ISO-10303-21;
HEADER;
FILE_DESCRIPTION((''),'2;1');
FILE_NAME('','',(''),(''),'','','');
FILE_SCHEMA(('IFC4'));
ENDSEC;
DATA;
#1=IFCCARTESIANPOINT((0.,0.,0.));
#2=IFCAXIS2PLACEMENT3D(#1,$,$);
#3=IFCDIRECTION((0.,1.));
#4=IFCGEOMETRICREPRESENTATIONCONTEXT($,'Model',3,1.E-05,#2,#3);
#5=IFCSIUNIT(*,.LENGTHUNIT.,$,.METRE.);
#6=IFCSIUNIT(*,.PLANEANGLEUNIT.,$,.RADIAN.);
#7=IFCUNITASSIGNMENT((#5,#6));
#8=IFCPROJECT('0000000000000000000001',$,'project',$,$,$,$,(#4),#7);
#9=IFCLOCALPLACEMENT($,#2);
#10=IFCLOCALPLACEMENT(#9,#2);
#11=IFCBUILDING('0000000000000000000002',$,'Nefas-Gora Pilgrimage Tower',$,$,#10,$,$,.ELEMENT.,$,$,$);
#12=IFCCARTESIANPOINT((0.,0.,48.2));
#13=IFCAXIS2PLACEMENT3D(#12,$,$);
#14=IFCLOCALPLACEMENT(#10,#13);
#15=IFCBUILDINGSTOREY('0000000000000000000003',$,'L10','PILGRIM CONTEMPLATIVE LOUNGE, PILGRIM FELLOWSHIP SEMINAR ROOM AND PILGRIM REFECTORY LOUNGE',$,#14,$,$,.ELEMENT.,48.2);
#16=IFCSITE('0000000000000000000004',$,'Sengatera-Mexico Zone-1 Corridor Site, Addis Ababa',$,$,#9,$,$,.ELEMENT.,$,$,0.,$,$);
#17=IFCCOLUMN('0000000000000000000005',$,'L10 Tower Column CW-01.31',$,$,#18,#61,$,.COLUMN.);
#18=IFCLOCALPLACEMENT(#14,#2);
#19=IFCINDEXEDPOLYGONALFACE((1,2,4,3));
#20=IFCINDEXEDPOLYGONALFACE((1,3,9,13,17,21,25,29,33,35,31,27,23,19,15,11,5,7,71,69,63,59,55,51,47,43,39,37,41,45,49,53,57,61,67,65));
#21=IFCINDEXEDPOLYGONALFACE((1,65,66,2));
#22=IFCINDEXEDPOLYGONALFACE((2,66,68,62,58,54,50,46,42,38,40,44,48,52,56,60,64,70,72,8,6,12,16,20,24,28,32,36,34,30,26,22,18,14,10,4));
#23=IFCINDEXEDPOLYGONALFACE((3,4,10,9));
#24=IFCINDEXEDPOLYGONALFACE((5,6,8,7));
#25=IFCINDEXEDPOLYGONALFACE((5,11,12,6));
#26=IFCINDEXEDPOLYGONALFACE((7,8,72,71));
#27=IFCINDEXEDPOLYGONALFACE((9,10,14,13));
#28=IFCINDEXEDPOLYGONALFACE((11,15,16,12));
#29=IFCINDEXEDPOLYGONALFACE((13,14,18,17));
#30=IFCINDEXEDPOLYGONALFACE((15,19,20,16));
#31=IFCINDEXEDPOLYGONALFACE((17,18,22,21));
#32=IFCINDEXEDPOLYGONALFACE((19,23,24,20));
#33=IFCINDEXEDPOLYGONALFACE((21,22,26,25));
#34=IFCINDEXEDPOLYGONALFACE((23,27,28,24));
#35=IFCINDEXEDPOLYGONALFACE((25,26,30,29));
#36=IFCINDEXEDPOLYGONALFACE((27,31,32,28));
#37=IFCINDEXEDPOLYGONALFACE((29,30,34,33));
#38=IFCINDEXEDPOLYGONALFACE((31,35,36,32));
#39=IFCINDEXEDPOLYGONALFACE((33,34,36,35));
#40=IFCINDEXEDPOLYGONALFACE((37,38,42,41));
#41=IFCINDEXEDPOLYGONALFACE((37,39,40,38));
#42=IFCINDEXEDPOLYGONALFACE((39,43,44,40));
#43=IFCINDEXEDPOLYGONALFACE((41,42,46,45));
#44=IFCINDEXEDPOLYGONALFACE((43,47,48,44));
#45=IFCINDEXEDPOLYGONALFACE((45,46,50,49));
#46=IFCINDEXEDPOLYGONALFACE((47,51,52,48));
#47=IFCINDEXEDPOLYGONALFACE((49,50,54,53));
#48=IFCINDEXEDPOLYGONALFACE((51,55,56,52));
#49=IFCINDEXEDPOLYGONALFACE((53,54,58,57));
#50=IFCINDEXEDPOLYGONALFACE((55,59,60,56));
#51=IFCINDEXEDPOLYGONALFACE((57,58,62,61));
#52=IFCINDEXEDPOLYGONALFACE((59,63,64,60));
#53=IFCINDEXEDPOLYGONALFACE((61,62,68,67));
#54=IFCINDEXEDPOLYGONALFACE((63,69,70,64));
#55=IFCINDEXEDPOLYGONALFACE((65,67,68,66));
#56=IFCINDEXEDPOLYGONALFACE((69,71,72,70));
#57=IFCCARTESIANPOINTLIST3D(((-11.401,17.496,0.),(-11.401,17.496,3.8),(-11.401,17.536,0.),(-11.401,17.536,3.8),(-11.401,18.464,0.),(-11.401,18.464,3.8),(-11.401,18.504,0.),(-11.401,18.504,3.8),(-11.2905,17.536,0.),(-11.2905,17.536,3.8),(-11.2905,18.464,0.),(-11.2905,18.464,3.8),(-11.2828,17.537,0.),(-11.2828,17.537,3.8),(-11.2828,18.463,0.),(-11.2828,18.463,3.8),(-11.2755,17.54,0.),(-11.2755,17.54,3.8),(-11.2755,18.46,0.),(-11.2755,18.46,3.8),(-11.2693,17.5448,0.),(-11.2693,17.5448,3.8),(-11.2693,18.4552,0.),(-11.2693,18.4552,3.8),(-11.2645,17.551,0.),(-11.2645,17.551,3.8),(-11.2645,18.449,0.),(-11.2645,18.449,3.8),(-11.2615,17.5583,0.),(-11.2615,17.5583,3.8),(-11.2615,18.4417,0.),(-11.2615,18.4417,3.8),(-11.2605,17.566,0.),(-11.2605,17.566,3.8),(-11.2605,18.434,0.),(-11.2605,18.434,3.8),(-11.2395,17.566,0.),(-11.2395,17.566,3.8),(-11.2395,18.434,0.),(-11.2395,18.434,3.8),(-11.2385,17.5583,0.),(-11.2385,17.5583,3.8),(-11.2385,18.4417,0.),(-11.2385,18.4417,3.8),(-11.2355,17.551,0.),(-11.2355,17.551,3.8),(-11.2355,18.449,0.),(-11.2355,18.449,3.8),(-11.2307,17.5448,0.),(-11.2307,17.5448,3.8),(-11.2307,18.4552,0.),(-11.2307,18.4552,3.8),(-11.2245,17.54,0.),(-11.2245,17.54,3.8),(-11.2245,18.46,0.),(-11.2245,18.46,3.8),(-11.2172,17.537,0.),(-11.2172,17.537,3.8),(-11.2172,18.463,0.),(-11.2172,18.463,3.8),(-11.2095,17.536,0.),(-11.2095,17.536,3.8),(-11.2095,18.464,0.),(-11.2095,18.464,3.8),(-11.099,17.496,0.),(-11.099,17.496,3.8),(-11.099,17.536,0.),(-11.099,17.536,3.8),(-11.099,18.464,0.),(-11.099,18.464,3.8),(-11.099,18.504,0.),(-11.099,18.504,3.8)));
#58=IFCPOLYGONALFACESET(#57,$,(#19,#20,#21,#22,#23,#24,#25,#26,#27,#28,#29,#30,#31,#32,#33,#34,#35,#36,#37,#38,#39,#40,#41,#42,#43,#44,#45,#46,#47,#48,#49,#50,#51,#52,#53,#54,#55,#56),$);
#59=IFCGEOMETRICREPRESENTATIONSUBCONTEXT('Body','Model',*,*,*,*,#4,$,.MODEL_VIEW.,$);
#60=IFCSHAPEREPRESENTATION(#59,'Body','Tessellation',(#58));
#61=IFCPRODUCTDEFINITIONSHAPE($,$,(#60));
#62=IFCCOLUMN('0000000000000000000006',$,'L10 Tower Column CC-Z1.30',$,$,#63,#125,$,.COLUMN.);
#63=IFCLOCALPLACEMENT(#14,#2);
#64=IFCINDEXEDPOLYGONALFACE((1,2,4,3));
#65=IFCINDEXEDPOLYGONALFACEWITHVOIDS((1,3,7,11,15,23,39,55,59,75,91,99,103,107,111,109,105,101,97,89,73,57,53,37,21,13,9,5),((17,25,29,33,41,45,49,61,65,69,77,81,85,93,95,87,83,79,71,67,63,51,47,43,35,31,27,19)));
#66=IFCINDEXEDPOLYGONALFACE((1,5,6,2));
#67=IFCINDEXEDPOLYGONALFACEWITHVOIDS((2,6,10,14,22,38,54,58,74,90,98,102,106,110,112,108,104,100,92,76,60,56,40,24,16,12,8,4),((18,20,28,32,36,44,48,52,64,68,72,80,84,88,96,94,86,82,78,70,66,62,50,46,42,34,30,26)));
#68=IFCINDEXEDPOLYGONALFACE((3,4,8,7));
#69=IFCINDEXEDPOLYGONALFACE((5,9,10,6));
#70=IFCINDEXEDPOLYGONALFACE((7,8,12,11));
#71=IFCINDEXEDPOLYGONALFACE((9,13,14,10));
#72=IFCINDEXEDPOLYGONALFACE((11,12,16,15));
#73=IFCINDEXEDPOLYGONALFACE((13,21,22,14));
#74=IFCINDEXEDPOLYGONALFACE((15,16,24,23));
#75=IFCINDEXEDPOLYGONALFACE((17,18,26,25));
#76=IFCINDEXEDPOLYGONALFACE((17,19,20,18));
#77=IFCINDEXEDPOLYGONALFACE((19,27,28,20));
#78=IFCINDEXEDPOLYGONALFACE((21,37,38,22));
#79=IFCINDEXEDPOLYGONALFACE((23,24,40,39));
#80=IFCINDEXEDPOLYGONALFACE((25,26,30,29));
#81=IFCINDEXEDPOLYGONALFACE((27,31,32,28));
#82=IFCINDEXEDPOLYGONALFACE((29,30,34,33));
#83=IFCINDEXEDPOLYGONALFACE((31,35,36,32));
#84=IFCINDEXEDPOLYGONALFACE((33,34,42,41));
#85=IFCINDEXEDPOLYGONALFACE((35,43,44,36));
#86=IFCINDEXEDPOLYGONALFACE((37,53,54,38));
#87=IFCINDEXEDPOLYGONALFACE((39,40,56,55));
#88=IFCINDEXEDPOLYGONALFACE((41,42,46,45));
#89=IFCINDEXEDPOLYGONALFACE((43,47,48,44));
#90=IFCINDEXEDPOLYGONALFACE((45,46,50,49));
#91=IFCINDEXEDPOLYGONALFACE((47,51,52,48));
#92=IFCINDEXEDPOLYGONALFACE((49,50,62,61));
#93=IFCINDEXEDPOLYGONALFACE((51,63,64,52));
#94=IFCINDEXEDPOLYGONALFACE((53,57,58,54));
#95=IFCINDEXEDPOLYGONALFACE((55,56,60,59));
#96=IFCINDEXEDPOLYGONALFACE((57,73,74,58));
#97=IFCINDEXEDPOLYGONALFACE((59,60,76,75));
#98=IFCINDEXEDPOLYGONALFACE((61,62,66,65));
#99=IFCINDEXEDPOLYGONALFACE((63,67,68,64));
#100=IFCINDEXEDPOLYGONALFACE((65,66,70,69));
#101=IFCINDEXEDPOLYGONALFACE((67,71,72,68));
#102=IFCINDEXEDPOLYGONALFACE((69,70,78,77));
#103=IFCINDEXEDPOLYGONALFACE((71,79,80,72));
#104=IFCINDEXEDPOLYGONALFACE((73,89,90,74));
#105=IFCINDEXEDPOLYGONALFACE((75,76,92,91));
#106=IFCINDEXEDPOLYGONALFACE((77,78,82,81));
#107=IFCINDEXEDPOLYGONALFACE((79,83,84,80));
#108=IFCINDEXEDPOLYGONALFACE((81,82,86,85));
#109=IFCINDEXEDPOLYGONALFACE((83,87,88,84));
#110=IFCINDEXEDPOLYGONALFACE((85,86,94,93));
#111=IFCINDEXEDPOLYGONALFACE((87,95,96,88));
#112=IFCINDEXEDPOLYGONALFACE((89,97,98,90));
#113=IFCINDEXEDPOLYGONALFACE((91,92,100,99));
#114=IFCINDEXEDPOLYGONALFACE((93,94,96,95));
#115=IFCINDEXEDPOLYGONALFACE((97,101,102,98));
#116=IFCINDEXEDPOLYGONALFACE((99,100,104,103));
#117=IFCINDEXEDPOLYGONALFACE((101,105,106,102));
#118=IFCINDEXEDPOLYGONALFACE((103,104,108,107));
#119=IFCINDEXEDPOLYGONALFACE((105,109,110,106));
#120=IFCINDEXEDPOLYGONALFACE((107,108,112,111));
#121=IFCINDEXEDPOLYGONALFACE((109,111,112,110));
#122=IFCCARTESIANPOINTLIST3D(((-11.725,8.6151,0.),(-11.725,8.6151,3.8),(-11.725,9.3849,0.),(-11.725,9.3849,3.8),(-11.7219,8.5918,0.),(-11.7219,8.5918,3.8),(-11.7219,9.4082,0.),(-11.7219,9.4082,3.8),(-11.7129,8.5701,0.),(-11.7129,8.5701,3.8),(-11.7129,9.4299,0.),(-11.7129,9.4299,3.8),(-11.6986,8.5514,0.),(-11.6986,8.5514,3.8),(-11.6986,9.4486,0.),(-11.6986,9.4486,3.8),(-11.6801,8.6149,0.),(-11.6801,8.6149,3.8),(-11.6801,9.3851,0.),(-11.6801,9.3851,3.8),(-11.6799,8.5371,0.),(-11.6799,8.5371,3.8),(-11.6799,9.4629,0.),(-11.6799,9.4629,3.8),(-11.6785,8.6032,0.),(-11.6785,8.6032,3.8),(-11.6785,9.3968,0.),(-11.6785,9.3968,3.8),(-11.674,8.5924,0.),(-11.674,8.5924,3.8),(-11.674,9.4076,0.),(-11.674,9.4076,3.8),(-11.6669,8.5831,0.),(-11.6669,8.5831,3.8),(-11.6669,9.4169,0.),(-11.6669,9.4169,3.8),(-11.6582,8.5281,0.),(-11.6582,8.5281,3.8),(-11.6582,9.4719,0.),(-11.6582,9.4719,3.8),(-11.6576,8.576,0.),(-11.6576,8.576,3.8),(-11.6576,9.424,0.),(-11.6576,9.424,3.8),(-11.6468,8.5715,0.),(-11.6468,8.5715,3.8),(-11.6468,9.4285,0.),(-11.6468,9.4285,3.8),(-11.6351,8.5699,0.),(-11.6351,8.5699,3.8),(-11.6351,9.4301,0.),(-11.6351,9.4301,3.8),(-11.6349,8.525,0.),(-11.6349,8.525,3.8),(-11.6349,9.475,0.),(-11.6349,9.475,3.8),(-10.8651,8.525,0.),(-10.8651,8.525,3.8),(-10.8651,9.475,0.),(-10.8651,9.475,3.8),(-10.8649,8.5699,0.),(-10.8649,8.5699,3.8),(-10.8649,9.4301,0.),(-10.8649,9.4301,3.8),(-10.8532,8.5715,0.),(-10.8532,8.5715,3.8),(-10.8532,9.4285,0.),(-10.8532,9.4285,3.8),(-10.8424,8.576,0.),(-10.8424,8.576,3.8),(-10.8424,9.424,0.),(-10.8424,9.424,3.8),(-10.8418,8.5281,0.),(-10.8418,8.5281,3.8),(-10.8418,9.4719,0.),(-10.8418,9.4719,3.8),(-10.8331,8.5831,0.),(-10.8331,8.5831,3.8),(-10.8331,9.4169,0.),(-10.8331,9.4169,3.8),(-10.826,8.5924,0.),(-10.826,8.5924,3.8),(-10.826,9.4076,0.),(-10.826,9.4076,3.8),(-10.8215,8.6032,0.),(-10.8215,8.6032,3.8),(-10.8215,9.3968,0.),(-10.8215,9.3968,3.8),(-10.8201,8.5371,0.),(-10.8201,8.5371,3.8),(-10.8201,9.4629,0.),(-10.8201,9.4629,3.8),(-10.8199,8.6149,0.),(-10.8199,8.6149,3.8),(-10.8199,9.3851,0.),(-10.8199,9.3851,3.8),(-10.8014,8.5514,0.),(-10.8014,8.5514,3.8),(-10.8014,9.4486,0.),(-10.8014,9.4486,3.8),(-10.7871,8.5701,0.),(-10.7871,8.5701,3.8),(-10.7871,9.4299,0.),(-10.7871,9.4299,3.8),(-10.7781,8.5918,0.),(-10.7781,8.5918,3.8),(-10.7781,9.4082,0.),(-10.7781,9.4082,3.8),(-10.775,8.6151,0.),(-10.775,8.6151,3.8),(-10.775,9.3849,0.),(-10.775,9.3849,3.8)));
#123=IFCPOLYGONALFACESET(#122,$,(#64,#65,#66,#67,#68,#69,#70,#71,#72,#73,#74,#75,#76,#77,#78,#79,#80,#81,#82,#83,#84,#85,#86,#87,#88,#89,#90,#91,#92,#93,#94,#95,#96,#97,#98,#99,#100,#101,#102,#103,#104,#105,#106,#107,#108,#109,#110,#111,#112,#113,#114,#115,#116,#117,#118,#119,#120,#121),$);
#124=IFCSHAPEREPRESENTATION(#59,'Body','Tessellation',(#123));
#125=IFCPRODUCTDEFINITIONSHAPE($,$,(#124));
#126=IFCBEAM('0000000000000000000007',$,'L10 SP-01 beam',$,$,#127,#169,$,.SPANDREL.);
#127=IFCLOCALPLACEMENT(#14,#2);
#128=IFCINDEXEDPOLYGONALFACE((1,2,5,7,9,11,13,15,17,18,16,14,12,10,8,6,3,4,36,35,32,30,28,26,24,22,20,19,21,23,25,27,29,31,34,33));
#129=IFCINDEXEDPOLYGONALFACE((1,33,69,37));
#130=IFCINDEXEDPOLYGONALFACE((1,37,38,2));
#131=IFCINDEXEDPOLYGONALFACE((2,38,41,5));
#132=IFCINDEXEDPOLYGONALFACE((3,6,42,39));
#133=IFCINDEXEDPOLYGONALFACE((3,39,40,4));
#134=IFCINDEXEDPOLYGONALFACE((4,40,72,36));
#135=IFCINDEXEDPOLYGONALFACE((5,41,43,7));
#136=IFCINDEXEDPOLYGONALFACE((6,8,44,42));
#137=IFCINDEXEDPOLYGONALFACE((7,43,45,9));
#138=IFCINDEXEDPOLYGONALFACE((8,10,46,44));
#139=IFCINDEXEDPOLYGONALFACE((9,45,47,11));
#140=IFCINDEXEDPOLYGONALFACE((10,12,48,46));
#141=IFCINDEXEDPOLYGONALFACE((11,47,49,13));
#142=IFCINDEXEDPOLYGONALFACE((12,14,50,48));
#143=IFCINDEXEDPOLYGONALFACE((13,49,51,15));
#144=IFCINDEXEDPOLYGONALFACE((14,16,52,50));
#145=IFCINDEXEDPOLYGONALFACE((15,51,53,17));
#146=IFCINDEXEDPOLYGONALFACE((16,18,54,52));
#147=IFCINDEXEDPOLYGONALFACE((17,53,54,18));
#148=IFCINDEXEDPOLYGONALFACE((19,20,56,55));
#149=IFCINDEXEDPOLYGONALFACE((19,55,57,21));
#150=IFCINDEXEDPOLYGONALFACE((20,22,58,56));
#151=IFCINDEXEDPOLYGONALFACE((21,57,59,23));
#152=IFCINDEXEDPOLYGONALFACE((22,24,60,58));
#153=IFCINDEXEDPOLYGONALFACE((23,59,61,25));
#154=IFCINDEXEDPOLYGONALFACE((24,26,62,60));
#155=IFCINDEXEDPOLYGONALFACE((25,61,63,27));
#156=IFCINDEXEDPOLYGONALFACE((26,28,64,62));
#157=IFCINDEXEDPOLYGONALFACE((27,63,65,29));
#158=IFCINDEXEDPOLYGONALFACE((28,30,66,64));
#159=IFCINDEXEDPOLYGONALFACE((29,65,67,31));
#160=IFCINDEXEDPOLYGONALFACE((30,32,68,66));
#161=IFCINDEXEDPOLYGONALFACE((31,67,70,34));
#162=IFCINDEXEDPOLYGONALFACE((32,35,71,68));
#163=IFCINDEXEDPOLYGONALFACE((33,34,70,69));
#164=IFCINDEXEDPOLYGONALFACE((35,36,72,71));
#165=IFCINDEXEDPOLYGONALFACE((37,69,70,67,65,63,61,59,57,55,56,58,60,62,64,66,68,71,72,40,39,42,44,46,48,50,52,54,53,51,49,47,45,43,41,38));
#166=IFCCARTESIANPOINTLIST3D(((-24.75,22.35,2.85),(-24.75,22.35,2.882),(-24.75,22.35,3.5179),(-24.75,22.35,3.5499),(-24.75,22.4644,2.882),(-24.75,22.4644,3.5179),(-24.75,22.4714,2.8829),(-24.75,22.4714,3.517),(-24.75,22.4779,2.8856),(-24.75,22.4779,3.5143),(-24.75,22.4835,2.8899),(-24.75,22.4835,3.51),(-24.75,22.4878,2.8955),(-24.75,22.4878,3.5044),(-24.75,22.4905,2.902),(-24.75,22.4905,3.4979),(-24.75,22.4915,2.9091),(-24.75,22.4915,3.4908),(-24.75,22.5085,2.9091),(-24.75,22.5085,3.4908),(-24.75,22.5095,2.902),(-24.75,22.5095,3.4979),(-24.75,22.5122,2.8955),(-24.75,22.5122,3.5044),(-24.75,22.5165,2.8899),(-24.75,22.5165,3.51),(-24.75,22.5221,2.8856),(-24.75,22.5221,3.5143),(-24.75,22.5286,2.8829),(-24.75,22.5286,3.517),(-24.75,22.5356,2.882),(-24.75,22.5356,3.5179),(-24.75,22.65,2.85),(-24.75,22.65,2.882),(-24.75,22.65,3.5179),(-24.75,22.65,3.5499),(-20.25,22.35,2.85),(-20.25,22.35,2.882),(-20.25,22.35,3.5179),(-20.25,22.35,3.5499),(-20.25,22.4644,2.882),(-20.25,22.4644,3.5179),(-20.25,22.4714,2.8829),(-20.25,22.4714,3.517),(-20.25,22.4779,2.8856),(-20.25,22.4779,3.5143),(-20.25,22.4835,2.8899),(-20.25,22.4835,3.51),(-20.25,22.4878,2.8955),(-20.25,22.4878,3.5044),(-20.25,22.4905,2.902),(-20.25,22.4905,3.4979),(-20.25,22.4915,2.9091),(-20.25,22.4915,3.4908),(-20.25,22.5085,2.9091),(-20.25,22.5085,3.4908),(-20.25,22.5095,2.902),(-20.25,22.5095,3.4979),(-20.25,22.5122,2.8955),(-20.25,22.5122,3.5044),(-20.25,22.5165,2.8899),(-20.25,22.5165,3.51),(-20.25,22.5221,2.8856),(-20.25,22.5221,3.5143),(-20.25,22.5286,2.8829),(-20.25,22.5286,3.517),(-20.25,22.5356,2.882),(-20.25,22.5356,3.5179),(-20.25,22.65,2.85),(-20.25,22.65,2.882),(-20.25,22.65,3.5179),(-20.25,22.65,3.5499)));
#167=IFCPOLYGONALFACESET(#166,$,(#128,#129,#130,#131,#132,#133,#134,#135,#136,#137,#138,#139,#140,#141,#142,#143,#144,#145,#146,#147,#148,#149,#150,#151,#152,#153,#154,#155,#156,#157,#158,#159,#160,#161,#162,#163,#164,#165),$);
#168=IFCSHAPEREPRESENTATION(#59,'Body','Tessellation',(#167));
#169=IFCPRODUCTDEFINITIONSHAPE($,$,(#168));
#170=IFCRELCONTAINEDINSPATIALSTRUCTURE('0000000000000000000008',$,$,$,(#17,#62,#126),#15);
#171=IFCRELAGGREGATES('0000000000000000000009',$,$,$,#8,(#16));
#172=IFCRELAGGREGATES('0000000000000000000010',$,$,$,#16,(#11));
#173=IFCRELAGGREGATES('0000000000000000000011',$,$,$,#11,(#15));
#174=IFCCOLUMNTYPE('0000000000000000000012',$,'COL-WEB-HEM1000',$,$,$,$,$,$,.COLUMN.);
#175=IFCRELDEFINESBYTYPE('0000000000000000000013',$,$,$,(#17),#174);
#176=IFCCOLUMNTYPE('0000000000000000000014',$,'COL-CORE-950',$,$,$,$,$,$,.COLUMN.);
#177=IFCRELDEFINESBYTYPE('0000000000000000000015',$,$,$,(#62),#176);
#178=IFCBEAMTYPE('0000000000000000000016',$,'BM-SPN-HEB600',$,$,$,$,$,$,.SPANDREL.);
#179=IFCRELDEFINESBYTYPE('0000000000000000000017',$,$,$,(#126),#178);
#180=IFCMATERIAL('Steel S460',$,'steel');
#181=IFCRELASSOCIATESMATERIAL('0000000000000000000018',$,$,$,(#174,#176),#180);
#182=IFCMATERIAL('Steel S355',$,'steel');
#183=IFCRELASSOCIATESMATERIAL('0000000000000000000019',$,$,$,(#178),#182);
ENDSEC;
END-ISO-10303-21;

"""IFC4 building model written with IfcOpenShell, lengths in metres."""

from ifc_helpers import new_model, si_unit, direction, frame, origin, origin_2d, place, context, subcontext, project, spatial, hollow_rectangle, i_section, extrude, source, transform, mapped, material, material_profile, profile_set, type_object, element, save


model = new_model("IFC4")

# Units and contexts
model_context = context("Model", 3, precision=1e-05, world=origin(), true_north=direction((0.0, 1.0)))
body_context = subcontext(model_context, "Body", "Model", "MODEL_VIEW")
ifc_project = project(units=[si_unit("LENGTHUNIT", "METRE"), si_unit("PLANEANGLEUNIT", "RADIAN")], contexts=[model_context])

# Site, building, storey
site_placement = place(None, origin())
site = spatial("IfcSite", under=ifc_project, at=site_placement, Name="Sengatera-Mexico Zone-1 Corridor Site, Addis Ababa", CompositionType="ELEMENT", RefElevation=0.0)
building_placement = place(site_placement, origin())
building = spatial("IfcBuilding", under=site, at=building_placement, Name="Nefas-Gora Pilgrimage Tower", CompositionType="ELEMENT")
storey_placement = place(building_placement, frame((0.0, 0.0, 48.2)))
storey = spatial("IfcBuildingStorey", under=building, at=storey_placement, Name="L10", Description="PILGRIM CONTEMPLATIVE LOUNGE, PILGRIM FELLOWSHIP SEMINAR ROOM AND PILGRIM REFECTORY LOUNGE", CompositionType="ELEMENT", Elevation=48.2)

# Columns
ifc_material_1 = material(Name="Steel S460", Category="steel")
ifc_material_profile_1 = material_profile(ifc_material_1, i_section(OverallWidth=0.302, OverallDepth=1.0081, WebThickness=0.021, FlangeThickness=0.04, FilletRadius=0.03, at=origin_2d()), Name="HEM 1000")
ifc_profile_set_1 = profile_set([ifc_material_profile_1], Name="Steel S460")
column_type_1 = type_object("IfcColumnType", Name="COL-WEB-HEM1000", PredefinedType="COLUMN", material=ifc_profile_set_1)
shared_shape_1 = source(origin(), body_context, "Body", "SweptSolid", [
    extrude(i_section(OverallWidth=0.302, OverallDepth=1.0081, WebThickness=0.021, FlangeThickness=0.04, FilletRadius=0.03, at=origin_2d()), origin(), (0.0, 0.0, 1.0), 3.8),
])
for number, where, z_axis, x_axis, name in (
    (1, (-11.25, 18.0, 0.0), (0.0, 0.0, 1.0), (1.0, 0.0, 0.0), "L10 Tower Column CW-01.31"),
):
    element("IfcColumn", number, at=place(storey_placement, frame(where, z_axis=z_axis, x_axis=x_axis)), inside=storey, type_object=column_type_1, Name=name, PredefinedType="COLUMN", context=body_context, shape_type="MappedRepresentation", body=[
        mapped(shared_shape_1, transform((0.0, 0.0, 0.0), x_axis=(1.0, 0.0, 0.0), y_axis=(0.0, 1.0, 0.0), z_axis=(0.0, 0.0, 1.0), scale=1.0)),
    ])
ifc_material_profile_2 = material_profile(ifc_material_1, hollow_rectangle(XDim=0.95, YDim=0.95, WallThickness=0.0449, InnerFilletRadius=0.0449, OuterFilletRadius=0.0901, at=origin_2d()), Name="BOX 950x950x45")
ifc_profile_set_2 = profile_set([ifc_material_profile_2], Name="Steel S460")
column_type_2 = type_object("IfcColumnType", Name="COL-CORE-950", PredefinedType="COLUMN", material=ifc_profile_set_2)
shared_shape_2 = source(origin(), body_context, "Body", "SweptSolid", [
    extrude(hollow_rectangle(XDim=0.95, YDim=0.95, WallThickness=0.0449, InnerFilletRadius=0.0449, OuterFilletRadius=0.0901, at=origin_2d()), origin(), (0.0, 0.0, 1.0), 3.8),
])
column_placement = place(storey_placement, frame((-11.25, 9.0, 0.0), z_axis=(0.0, 0.0, 1.0), x_axis=(1.0, 0.0, 0.0)))
element("IfcColumn", 2, at=column_placement, inside=storey, type_object=column_type_2, Name="L10 Tower Column CC-Z1.30", PredefinedType="COLUMN", context=body_context, shape_type="MappedRepresentation", body=[
    mapped(shared_shape_2, transform((0.0, 0.0, 0.0), x_axis=(1.0, 0.0, 0.0), y_axis=(0.0, 1.0, 0.0), z_axis=(0.0, 0.0, 1.0), scale=1.0)),
])

# Beam
ifc_material_2 = material(Name="Steel S355", Category="steel")
ifc_material_profile_3 = material_profile(ifc_material_2, i_section(OverallWidth=0.3, OverallDepth=0.7, WebThickness=0.0171, FlangeThickness=0.032, FilletRadius=0.0271, at=origin_2d()), Name="HEB 700")
ifc_profile_set_3 = profile_set([ifc_material_profile_3], Name="Steel S355")
beam_type_1 = type_object("IfcBeamType", Name="BM-SPN-HEB600", PredefinedType="SPANDREL", material=ifc_profile_set_3)
shared_shape_3 = source(origin(), body_context, "Body", "SweptSolid", [
    extrude(i_section(OverallWidth=0.3, OverallDepth=0.7, WebThickness=0.0171, FlangeThickness=0.032, FilletRadius=0.0271, at=origin_2d()), origin(), (0.0, 0.0, 1.0), 4.5),
])
beam_placement = place(storey_placement, frame((-24.75, 22.5, 3.2), z_axis=(1.0, 0.0, 0.0), x_axis=(0.0, 1.0, 0.0)))
element("IfcBeam", 3, at=beam_placement, inside=storey, type_object=beam_type_1, Name="L10 SP-01 beam", PredefinedType="SPANDREL", context=body_context, shape_type="MappedRepresentation", body=[
    mapped(shared_shape_3, transform((0.0, 0.0, 0.0), x_axis=(1.0, 0.0, 0.0), y_axis=(0.0, 1.0, 0.0), z_axis=(0.0, 0.0, 1.0), scale=1.0)),
])

save(model, "model.ifc")
